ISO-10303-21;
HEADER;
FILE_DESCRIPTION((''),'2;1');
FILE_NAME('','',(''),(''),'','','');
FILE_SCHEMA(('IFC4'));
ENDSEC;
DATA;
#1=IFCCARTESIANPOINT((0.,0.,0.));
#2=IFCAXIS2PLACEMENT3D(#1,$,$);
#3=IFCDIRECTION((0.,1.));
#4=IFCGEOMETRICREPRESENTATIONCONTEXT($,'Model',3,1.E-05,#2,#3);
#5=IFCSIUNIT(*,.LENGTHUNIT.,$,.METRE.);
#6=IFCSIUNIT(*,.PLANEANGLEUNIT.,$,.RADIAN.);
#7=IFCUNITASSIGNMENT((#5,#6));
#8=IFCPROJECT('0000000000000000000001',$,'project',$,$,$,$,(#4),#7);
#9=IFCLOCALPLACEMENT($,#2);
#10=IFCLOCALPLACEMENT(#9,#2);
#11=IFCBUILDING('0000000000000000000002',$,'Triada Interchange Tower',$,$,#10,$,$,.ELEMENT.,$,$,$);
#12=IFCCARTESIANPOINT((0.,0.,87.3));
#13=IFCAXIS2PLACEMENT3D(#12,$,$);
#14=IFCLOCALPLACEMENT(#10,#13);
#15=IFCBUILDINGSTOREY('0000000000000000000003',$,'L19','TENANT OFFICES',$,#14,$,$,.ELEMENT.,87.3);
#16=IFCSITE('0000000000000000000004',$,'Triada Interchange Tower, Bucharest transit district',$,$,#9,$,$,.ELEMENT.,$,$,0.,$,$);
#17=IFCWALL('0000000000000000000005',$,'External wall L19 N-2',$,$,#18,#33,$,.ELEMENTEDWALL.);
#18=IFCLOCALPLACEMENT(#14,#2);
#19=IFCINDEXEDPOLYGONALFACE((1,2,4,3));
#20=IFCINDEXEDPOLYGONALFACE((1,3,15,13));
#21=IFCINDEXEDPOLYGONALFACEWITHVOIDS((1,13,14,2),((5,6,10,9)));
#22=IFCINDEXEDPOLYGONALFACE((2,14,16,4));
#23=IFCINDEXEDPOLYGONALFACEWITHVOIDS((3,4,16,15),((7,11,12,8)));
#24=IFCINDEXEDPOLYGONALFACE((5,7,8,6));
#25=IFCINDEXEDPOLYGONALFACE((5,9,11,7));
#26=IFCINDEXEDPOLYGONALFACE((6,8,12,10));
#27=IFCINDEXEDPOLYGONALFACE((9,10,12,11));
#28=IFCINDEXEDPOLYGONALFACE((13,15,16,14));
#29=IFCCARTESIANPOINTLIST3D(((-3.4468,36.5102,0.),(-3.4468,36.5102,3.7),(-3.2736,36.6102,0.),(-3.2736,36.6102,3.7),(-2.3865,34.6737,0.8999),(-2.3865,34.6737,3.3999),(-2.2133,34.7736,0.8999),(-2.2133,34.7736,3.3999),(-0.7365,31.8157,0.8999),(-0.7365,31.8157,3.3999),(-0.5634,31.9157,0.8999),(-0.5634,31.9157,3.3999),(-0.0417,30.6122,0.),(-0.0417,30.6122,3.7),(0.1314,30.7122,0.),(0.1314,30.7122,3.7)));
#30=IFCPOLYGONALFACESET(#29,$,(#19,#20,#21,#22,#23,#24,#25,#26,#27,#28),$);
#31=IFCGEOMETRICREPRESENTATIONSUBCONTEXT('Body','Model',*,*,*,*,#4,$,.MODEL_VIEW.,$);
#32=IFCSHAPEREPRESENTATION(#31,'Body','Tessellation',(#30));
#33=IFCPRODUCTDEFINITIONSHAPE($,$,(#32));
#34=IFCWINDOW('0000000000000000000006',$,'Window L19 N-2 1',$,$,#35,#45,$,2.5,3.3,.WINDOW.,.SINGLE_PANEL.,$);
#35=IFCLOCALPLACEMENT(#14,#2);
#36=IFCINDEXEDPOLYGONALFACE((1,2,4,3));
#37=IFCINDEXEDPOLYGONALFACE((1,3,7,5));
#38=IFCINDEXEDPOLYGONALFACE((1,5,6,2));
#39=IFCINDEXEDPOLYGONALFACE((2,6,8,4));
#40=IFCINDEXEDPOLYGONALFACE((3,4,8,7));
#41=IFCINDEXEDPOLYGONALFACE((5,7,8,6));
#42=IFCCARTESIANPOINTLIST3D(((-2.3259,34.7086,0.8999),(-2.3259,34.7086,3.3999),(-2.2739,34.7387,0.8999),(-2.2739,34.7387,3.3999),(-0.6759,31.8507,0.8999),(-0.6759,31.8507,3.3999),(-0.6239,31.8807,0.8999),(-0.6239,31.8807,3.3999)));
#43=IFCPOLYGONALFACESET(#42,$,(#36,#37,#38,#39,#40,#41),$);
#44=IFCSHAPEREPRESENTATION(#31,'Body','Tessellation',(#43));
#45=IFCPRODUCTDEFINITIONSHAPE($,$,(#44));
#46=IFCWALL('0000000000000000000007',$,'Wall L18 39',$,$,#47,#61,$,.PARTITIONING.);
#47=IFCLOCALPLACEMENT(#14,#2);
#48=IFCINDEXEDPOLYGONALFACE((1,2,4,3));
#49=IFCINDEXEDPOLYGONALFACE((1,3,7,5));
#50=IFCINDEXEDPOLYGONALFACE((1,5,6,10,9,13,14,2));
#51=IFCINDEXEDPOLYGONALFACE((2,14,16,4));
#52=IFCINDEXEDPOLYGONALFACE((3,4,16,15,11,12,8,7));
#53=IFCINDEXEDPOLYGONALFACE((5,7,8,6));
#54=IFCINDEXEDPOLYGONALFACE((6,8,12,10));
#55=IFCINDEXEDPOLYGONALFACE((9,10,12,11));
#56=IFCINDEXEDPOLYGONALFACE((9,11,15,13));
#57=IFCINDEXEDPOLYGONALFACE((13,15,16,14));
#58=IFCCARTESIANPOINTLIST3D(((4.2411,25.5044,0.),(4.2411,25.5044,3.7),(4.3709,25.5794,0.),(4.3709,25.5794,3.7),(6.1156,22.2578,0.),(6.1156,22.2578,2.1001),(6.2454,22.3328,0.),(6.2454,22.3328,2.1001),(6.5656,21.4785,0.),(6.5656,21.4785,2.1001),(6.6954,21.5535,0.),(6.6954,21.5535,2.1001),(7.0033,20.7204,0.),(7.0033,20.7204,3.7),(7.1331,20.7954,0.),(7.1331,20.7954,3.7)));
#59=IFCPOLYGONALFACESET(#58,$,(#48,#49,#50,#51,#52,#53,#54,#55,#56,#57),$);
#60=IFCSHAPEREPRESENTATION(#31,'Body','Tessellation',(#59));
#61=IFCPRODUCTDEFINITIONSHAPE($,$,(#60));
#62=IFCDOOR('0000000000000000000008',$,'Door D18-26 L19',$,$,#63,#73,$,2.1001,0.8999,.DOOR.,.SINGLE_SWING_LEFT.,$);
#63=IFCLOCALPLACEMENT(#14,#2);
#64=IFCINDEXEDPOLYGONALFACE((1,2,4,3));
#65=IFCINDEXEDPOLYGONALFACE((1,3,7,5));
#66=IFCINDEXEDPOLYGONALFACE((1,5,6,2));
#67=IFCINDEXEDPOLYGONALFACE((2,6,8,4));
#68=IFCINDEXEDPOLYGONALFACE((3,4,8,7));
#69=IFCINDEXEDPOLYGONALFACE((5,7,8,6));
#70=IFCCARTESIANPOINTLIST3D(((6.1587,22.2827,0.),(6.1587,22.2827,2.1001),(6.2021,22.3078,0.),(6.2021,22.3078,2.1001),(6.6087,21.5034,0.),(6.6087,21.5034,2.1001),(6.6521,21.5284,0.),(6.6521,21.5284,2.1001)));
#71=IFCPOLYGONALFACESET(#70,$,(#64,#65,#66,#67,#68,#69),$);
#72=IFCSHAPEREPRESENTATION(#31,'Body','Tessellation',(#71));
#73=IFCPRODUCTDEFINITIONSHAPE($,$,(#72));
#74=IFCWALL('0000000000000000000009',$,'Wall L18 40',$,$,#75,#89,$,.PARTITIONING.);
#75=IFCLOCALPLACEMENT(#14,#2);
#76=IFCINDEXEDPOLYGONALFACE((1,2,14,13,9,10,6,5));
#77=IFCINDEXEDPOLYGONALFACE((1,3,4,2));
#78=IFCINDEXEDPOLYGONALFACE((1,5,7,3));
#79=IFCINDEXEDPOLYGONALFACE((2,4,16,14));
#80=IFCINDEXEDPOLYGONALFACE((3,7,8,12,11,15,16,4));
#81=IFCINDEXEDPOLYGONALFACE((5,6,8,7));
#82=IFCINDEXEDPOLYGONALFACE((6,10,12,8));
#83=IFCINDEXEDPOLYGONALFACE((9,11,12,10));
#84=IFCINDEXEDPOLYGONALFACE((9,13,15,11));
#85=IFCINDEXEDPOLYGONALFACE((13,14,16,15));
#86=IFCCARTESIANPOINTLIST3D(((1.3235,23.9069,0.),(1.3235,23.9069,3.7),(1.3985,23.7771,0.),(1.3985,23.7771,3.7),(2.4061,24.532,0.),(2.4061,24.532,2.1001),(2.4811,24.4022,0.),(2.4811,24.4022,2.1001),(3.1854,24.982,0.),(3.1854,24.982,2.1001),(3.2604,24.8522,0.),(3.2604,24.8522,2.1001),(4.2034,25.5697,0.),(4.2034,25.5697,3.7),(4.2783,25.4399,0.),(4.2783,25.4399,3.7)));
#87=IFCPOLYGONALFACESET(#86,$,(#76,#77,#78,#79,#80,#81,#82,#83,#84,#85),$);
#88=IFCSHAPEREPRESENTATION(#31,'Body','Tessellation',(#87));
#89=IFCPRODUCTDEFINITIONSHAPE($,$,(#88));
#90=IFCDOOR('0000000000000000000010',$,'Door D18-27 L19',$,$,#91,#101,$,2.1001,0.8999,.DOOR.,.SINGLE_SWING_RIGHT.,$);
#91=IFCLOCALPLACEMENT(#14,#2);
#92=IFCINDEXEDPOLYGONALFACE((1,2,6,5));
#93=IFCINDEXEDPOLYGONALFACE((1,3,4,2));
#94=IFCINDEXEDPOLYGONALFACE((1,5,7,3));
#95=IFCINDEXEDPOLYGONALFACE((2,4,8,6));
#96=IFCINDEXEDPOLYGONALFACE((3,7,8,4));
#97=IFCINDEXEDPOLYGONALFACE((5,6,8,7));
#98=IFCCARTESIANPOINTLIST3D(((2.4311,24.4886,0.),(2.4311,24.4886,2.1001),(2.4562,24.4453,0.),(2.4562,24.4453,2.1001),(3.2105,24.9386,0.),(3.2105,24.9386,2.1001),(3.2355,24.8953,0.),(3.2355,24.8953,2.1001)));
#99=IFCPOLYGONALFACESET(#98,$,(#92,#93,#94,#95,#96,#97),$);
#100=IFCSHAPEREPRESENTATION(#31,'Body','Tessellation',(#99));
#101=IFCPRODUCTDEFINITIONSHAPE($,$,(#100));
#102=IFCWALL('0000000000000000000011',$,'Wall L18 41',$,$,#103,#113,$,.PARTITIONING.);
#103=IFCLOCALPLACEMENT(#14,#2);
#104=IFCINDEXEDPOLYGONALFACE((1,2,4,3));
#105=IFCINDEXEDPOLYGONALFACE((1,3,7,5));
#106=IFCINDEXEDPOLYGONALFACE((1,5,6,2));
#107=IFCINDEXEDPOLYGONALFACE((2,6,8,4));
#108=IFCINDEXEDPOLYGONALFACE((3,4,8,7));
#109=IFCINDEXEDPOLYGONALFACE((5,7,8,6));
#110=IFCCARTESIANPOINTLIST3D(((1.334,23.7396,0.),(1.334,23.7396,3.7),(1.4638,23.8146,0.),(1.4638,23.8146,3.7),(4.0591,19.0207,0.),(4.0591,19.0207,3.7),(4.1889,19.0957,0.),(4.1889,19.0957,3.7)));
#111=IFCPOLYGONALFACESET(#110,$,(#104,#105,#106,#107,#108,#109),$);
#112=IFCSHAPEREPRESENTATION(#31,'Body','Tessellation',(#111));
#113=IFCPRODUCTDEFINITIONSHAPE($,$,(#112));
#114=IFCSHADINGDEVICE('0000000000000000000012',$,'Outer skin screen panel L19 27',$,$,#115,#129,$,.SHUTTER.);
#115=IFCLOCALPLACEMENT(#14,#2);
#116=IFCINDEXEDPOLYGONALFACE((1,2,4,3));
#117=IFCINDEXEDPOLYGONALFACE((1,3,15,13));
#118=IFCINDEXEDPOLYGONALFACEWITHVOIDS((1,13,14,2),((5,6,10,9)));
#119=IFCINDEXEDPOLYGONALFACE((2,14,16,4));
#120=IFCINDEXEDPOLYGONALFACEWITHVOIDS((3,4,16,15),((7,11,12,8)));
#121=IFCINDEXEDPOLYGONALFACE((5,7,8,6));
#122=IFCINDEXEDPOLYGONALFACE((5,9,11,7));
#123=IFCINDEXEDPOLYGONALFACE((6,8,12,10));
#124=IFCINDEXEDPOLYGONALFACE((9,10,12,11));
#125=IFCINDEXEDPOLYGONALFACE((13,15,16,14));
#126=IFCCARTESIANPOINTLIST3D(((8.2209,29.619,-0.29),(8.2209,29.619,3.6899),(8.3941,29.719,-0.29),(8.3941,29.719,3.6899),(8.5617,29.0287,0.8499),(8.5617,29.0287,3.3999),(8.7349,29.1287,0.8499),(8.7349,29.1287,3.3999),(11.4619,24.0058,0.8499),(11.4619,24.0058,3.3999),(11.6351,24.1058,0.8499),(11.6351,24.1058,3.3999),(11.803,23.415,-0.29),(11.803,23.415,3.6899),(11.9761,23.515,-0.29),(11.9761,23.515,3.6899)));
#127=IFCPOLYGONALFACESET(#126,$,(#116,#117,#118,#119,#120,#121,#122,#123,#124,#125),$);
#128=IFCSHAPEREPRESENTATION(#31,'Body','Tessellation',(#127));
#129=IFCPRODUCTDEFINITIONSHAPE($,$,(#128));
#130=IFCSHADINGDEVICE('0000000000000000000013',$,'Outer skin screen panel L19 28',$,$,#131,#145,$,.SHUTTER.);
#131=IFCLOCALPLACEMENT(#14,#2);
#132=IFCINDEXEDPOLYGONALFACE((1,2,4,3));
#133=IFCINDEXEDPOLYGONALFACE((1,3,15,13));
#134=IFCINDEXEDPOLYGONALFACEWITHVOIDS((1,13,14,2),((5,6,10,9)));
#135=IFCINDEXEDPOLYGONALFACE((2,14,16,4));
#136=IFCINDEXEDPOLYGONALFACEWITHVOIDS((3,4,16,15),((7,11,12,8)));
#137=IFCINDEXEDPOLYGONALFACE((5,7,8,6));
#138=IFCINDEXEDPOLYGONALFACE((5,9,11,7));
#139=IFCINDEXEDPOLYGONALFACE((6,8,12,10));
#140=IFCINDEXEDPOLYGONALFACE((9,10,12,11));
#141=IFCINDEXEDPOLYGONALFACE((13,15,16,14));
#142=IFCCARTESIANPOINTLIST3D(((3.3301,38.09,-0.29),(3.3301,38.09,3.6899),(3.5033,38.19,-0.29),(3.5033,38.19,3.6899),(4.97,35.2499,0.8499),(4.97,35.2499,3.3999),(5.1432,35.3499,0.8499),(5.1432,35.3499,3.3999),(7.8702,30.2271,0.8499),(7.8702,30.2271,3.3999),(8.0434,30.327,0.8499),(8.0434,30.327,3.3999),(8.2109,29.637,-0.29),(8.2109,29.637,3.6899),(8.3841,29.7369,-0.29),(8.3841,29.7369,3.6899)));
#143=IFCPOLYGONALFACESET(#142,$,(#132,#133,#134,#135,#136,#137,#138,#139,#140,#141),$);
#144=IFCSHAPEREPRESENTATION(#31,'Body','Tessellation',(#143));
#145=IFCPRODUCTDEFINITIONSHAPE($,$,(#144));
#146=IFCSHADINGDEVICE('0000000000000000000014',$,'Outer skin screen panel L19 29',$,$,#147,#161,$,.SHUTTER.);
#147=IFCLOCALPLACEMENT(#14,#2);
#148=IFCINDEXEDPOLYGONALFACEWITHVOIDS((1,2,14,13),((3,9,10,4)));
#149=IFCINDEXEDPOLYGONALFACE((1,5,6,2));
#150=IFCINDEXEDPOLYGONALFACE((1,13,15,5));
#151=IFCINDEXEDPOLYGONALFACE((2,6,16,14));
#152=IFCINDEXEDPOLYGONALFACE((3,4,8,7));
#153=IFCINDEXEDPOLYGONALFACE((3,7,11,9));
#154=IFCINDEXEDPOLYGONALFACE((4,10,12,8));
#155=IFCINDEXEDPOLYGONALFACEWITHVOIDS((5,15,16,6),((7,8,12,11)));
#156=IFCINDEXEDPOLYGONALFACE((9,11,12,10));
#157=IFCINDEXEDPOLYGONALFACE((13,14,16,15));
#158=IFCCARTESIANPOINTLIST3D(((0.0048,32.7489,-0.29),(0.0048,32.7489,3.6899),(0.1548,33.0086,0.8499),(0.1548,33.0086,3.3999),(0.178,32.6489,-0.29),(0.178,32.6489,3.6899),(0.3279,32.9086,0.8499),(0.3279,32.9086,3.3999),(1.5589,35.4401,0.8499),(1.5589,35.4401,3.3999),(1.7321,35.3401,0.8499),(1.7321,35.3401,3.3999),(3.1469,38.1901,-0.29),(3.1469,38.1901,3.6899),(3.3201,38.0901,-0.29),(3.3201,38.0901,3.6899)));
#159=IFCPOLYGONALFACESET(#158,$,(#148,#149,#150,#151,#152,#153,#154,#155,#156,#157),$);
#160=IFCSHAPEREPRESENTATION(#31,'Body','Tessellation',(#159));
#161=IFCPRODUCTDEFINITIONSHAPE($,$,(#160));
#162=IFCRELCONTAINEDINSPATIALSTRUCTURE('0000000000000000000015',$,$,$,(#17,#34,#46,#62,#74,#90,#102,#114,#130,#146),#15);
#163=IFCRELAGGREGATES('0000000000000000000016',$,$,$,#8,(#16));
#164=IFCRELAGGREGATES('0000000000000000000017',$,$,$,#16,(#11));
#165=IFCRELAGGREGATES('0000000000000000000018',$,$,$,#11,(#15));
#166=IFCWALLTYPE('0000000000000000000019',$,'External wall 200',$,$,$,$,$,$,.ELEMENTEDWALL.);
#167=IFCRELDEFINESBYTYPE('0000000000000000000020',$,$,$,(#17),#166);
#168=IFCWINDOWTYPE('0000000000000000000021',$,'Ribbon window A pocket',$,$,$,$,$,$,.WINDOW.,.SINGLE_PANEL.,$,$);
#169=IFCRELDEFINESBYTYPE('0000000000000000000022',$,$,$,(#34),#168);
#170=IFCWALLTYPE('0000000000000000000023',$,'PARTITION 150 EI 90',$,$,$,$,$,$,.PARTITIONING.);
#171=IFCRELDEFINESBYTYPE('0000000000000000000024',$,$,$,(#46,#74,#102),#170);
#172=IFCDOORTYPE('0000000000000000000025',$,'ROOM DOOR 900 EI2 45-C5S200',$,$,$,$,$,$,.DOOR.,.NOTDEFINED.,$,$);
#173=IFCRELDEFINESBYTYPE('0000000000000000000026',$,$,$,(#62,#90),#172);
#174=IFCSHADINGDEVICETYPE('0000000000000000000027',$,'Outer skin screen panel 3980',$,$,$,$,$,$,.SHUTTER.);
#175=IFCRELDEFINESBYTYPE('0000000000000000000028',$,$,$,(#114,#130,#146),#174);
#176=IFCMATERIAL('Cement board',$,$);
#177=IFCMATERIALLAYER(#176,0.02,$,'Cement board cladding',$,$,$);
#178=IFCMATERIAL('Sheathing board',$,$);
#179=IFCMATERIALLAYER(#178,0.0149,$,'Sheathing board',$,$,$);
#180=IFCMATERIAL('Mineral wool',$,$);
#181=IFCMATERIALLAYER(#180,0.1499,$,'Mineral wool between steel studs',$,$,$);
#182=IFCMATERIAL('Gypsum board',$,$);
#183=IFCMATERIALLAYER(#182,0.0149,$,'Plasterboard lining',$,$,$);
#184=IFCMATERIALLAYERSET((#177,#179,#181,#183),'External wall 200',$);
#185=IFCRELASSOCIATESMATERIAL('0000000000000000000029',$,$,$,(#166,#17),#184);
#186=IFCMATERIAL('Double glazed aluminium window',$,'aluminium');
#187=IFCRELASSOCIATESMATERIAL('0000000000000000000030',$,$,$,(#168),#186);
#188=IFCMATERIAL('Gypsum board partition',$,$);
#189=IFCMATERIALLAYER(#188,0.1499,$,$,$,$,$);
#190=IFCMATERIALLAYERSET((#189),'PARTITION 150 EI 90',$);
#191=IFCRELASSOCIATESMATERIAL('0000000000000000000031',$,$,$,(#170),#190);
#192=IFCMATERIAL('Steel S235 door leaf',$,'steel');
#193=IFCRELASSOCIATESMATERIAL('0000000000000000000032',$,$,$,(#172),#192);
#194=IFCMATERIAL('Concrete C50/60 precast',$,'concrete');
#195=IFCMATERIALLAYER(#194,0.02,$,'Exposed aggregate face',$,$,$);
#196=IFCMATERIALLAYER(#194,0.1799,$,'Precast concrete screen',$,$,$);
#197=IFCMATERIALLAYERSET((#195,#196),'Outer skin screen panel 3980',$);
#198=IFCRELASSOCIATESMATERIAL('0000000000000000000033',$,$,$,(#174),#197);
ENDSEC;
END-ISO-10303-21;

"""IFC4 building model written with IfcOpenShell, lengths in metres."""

from ifc_helpers import new_model, si_unit, direction, frame, frame_2d, origin, place, context, subcontext, project, spatial, polyline, rectangle, outline, extrude, material, layer, layer_set, layer_usage, type_object, element, fill, save


model = new_model("IFC4")

# Units and contexts
model_context = context("Model", 3, precision=1e-05, world=origin(), true_north=direction((0.0, 1.0)))
body_context = subcontext(model_context, "Body", "Model", "MODEL_VIEW")
ifc_project = project(units=[si_unit("LENGTHUNIT", "METRE"), si_unit("PLANEANGLEUNIT", "RADIAN")], contexts=[model_context])

# Site, building, storey
site_placement = place(None, origin())
site = spatial("IfcSite", under=ifc_project, at=site_placement, Name="Triada Interchange Tower, Bucharest transit district", CompositionType="ELEMENT", RefElevation=0.0)
building_placement = place(site_placement, origin())
building = spatial("IfcBuilding", under=site, at=building_placement, Name="Triada Interchange Tower", CompositionType="ELEMENT")
storey_placement = place(building_placement, frame((0.0, 0.0, 87.3)))
storey = spatial("IfcBuildingStorey", under=building, at=storey_placement, Name="L19", Description="TENANT OFFICES", CompositionType="ELEMENT", Elevation=87.3)

# Wall, opening, window
ifc_material_1 = material(Name="Cement board")
ifc_layer_1 = layer(ifc_material_1, 0.02, Name="Cement board cladding")
ifc_material_2 = material(Name="Sheathing board")
ifc_layer_2 = layer(ifc_material_2, 0.0149, Name="Sheathing board")
ifc_material_3 = material(Name="Mineral wool")
ifc_layer_3 = layer(ifc_material_3, 0.1499, Name="Mineral wool between steel studs")
ifc_material_4 = material(Name="Gypsum board")
ifc_layer_4 = layer(ifc_material_4, 0.0149, Name="Plasterboard lining")
ifc_layer_set_1 = layer_set([ifc_layer_1, ifc_layer_2, ifc_layer_3, ifc_layer_4], Name="External wall 200")
ifc_layer_usage = layer_usage(ifc_layer_set_1, "AXIS2", "POSITIVE", -0.1001)
wall_type_1 = type_object("IfcWallType", Name="External wall 200", PredefinedType="ELEMENTEDWALL", material=ifc_layer_set_1)
ifc_material_5 = material(Name="Double glazed aluminium window", Category="aluminium")
window_type = type_object("IfcWindowType", Name="Ribbon window A pocket", PartitioningType="SINGLE_PANEL", PredefinedType="WINDOW", material=ifc_material_5)
wall_1_placement = place(storey_placement, frame((0.0449, 30.6621, 0.0), z_axis=(0.0, 0.0, 1.0), x_axis=(-0.499983, 0.866035, 0.0)))
wall_1 = element("IfcWall", 1, at=wall_1_placement, inside=storey, type_object=wall_type_1, material=ifc_layer_usage, Name="External wall L19 N-2", PredefinedType="ELEMENTEDWALL", context=body_context, shape_type="SweptSolid", body=[
    extrude(rectangle(XDim=6.8103, YDim=0.2, at=frame_2d((3.4053, 0.0))), origin(), (0.0, 0.0, 1.0), 3.7),
])
opening_1_placement = place(wall_1_placement, frame((1.3899, 0.0, 0.8999)))
opening_1 = element("IfcOpeningElement", 2, at=opening_1_placement, cuts=wall_1, PredefinedType="OPENING", context=body_context, shape_type="SweptSolid", body=[
    extrude(rectangle(XDim=3.3, YDim=2.5, at=frame_2d((1.6499, 1.25))), frame((0.0, 0.1099, 0.0), z_axis=(0.0, -1.0, 0.0), x_axis=(1.0, 0.0, 0.0)), (0.0, 0.0, 1.0), 0.22),
])
window_1_placement = place(opening_1_placement, origin())
window_1 = element("IfcWindow", 3, at=window_1_placement, inside=storey, type_object=window_type, Name="Window L19 N-2 1", OverallHeight=2.5, OverallWidth=3.3, PartitioningType="SINGLE_PANEL", PredefinedType="WINDOW", context=body_context, shape_type="SweptSolid", body=[
    extrude(rectangle(XDim=3.3, YDim=2.5, at=frame_2d((1.6499, 1.25))), frame((0.0, 0.03, 0.0), z_axis=(0.0, -1.0, 0.0), x_axis=(1.0, 0.0, 0.0)), (0.0, 0.0, 1.0), 0.0601),
])
fill(opening_1, window_1)

# Walls, openings, doors
ifc_material_6 = material(Name="Gypsum board partition")
ifc_layer_5 = layer(ifc_material_6, 0.1499)
ifc_layer_set_2 = layer_set([ifc_layer_5], Name="PARTITION 150 EI 90")
wall_type_2 = type_object("IfcWallType", Name="PARTITION 150 EI 90", PredefinedType="PARTITIONING", material=ifc_layer_set_2)
wall_2_placement = place(storey_placement, frame((4.3059, 25.542, 0.0), z_axis=(0.0, 0.0, 1.0), x_axis=(0.500027, -0.86601, 0.0)))
wall_2 = element("IfcWall", 4, at=wall_2_placement, inside=storey, type_object=wall_type_2, Name="Wall L18 39", PredefinedType="PARTITIONING", context=body_context, shape_type="SweptSolid", body=[
    extrude(rectangle(XDim=5.5242, YDim=0.1499, at=frame_2d((2.7622, 0.0))), origin(), (0.0, 0.0, 1.0), 3.7),
])
opening_2_placement = place(wall_2_placement, frame((3.749, 0.0, 0.0)))
opening_2 = element("IfcOpeningElement", 5, at=opening_2_placement, cuts=wall_2, PredefinedType="OPENING", context=body_context, shape_type="SweptSolid", body=[
    extrude(rectangle(XDim=0.8999, YDim=2.1001, at=frame_2d((0.45, 1.05))), frame((0.0, 0.085, 0.0), z_axis=(0.0, -1.0, 0.0), x_axis=(1.0, 0.0, 0.0)), (0.0, 0.0, 1.0), 0.1699),
])
ifc_material_7 = material(Name="Steel S235 door leaf", Category="steel")
door_type = type_object("IfcDoorType", Name="ROOM DOOR 900 EI2 45-C5S200", OperationType="NOTDEFINED", PredefinedType="DOOR", material=ifc_material_7)
door_1_placement = place(opening_2_placement, origin())
door_1 = element("IfcDoor", 6, at=door_1_placement, inside=storey, type_object=door_type, Name="Door D18-26 L19", OperationType="SINGLE_SWING_LEFT", OverallHeight=2.1001, OverallWidth=0.8999, PredefinedType="DOOR", context=body_context, shape_type="SweptSolid", body=[
    extrude(rectangle(XDim=0.8999, YDim=2.1001, at=frame_2d((0.45, 1.05))), frame((0.0, 0.0249, 0.0), z_axis=(0.0, -1.0, 0.0), x_axis=(1.0, 0.0, 0.0)), (0.0, 0.0, 1.0), 0.05),
])
fill(opening_2, door_1)
wall_3_placement = place(storey_placement, frame((1.3611, 23.842, 0.0), z_axis=(0.0, 0.0, 1.0), x_axis=(0.866007, 0.500032, 0.0)))
wall_3 = element("IfcWall", 7, at=wall_3_placement, inside=storey, type_object=wall_type_2, Name="Wall L18 40", PredefinedType="PARTITIONING", context=body_context, shape_type="SweptSolid", body=[
    extrude(rectangle(XDim=3.3254, YDim=0.1499, at=frame_2d((1.6626, 0.0))), origin(), (0.0, 0.0, 1.0), 3.7),
])
opening_3_placement = place(wall_3_placement, frame((1.25, 0.0, 0.0)))
opening_3 = element("IfcOpeningElement", 8, at=opening_3_placement, cuts=wall_3, PredefinedType="OPENING", context=body_context, shape_type="SweptSolid", body=[
    extrude(rectangle(XDim=0.8999, YDim=2.1001, at=frame_2d((0.45, 1.05))), frame((0.0, 0.085, 0.0), z_axis=(0.0, -1.0, 0.0), x_axis=(1.0, 0.0, 0.0)), (0.0, 0.0, 1.0), 0.1699),
])
door_2_placement = place(opening_3_placement, origin())
door_2 = element("IfcDoor", 9, at=door_2_placement, inside=storey, type_object=door_type, Name="Door D18-27 L19", OperationType="SINGLE_SWING_RIGHT", OverallHeight=2.1001, OverallWidth=0.8999, PredefinedType="DOOR", context=body_context, shape_type="SweptSolid", body=[
    extrude(rectangle(XDim=0.8999, YDim=2.1001, at=frame_2d((0.45, 1.05))), frame((0.0, 0.0249, 0.0), z_axis=(0.0, -1.0, 0.0), x_axis=(1.0, 0.0, 0.0)), (0.0, 0.0, 1.0), 0.05),
])
fill(opening_3, door_2)

# Wall
wall_4_placement = place(storey_placement, frame((1.3989, 23.7771, 0.0), z_axis=(0.0, 0.0, 1.0), x_axis=(0.500081, -0.865979, 0.0)))
element("IfcWall", 10, at=wall_4_placement, inside=storey, type_object=wall_type_2, Name="Wall L18 41", PredefinedType="PARTITIONING", context=body_context, shape_type="SweptSolid", body=[
    extrude(rectangle(XDim=5.4492, YDim=0.1499, at=frame_2d((2.7246, 0.0))), origin(), (0.0, 0.0, 1.0), 3.7),
])

# Shading devices
ifc_material_8 = material(Name="Concrete C50/60 precast", Category="concrete")
ifc_layer_6 = layer(ifc_material_8, 0.02, Name="Exposed aggregate face")
ifc_layer_7 = layer(ifc_material_8, 0.1799, Name="Precast concrete screen")
ifc_layer_set_3 = layer_set([ifc_layer_6, ifc_layer_7], Name="Outer skin screen panel 3980")
shading_device_type = type_object("IfcShadingDeviceType", Name="Outer skin screen panel 3980", PredefinedType="SHUTTER", material=ifc_layer_set_3)
shading_device_1_placement = place(storey_placement, frame((11.803, 23.415, -0.29), z_axis=(0.0, 0.0, 1.0), x_axis=(-0.500024, 0.866011, 0.0)))
element("IfcShadingDevice", 11, at=shading_device_1_placement, inside=storey, type_object=shading_device_type, Name="Outer skin screen panel L19 27", PredefinedType="SHUTTER", context=body_context, shape_type="SweptSolid", body=[
    extrude(outline(polyline([(0.0, 0.0), (7.1638, 0.0), (7.1638, 3.98), (0.0, 3.98), (0.0, 0.0)]), holes=[polyline([(0.6821, 1.1399), (0.6821, 3.6899), (6.4822, 3.6899), (6.4822, 1.1399), (0.6821, 1.1399)])]), frame((0.0, 0.0, 0.0), z_axis=(0.0, -1.0, 0.0), x_axis=(1.0, 0.0, 0.0)), (0.0, 0.0, 1.0), 0.2),
])
shading_device_2_placement = place(storey_placement, frame((8.2109, 29.637, -0.29), z_axis=(0.0, 0.0, 1.0), x_axis=(-0.500034, 0.866006, 0.0)))
element("IfcShadingDevice", 12, at=shading_device_2_placement, inside=storey, type_object=shading_device_type, Name="Outer skin screen panel L19 28", PredefinedType="SHUTTER", context=body_context, shape_type="SweptSolid", body=[
    extrude(outline(polyline([(0.0, 0.0), (9.761, 0.0), (9.761, 3.98), (0.0, 3.98), (0.0, 0.0)]), holes=[polyline([(0.6814, 1.1399), (0.6814, 3.6899), (6.4814, 3.6899), (6.4814, 1.1399), (0.6814, 1.1399)])]), frame((0.0, 0.0, 0.0), z_axis=(0.0, -1.0, 0.0), x_axis=(1.0, 0.0, 0.0)), (0.0, 0.0, 1.0), 0.2),
])
shading_device_3_placement = place(storey_placement, frame((3.3201, 38.0901, -0.29), z_axis=(0.0, 0.0, 1.0), x_axis=(-0.500076, -0.865982, 0.0)))
element("IfcShadingDevice", 13, at=shading_device_3_placement, inside=storey, type_object=shading_device_type, Name="Outer skin screen panel L19 29", PredefinedType="SHUTTER", context=body_context, shape_type="SweptSolid", body=[
    extrude(outline(polyline([(0.0, 0.0), (6.2832, 0.0), (6.2832, 3.98), (0.0, 3.98), (0.0, 0.0)]), holes=[polyline([(3.1755, 1.1399), (3.1755, 3.6899), (5.9834, 3.6899), (5.9834, 1.1399), (3.1755, 1.1399)])]), frame((0.0, 0.0, 0.0), z_axis=(0.0, -1.0, 0.0), x_axis=(1.0, 0.0, 0.0)), (0.0, 0.0, 1.0), 0.2),
])

save(model, "model.ifc")
